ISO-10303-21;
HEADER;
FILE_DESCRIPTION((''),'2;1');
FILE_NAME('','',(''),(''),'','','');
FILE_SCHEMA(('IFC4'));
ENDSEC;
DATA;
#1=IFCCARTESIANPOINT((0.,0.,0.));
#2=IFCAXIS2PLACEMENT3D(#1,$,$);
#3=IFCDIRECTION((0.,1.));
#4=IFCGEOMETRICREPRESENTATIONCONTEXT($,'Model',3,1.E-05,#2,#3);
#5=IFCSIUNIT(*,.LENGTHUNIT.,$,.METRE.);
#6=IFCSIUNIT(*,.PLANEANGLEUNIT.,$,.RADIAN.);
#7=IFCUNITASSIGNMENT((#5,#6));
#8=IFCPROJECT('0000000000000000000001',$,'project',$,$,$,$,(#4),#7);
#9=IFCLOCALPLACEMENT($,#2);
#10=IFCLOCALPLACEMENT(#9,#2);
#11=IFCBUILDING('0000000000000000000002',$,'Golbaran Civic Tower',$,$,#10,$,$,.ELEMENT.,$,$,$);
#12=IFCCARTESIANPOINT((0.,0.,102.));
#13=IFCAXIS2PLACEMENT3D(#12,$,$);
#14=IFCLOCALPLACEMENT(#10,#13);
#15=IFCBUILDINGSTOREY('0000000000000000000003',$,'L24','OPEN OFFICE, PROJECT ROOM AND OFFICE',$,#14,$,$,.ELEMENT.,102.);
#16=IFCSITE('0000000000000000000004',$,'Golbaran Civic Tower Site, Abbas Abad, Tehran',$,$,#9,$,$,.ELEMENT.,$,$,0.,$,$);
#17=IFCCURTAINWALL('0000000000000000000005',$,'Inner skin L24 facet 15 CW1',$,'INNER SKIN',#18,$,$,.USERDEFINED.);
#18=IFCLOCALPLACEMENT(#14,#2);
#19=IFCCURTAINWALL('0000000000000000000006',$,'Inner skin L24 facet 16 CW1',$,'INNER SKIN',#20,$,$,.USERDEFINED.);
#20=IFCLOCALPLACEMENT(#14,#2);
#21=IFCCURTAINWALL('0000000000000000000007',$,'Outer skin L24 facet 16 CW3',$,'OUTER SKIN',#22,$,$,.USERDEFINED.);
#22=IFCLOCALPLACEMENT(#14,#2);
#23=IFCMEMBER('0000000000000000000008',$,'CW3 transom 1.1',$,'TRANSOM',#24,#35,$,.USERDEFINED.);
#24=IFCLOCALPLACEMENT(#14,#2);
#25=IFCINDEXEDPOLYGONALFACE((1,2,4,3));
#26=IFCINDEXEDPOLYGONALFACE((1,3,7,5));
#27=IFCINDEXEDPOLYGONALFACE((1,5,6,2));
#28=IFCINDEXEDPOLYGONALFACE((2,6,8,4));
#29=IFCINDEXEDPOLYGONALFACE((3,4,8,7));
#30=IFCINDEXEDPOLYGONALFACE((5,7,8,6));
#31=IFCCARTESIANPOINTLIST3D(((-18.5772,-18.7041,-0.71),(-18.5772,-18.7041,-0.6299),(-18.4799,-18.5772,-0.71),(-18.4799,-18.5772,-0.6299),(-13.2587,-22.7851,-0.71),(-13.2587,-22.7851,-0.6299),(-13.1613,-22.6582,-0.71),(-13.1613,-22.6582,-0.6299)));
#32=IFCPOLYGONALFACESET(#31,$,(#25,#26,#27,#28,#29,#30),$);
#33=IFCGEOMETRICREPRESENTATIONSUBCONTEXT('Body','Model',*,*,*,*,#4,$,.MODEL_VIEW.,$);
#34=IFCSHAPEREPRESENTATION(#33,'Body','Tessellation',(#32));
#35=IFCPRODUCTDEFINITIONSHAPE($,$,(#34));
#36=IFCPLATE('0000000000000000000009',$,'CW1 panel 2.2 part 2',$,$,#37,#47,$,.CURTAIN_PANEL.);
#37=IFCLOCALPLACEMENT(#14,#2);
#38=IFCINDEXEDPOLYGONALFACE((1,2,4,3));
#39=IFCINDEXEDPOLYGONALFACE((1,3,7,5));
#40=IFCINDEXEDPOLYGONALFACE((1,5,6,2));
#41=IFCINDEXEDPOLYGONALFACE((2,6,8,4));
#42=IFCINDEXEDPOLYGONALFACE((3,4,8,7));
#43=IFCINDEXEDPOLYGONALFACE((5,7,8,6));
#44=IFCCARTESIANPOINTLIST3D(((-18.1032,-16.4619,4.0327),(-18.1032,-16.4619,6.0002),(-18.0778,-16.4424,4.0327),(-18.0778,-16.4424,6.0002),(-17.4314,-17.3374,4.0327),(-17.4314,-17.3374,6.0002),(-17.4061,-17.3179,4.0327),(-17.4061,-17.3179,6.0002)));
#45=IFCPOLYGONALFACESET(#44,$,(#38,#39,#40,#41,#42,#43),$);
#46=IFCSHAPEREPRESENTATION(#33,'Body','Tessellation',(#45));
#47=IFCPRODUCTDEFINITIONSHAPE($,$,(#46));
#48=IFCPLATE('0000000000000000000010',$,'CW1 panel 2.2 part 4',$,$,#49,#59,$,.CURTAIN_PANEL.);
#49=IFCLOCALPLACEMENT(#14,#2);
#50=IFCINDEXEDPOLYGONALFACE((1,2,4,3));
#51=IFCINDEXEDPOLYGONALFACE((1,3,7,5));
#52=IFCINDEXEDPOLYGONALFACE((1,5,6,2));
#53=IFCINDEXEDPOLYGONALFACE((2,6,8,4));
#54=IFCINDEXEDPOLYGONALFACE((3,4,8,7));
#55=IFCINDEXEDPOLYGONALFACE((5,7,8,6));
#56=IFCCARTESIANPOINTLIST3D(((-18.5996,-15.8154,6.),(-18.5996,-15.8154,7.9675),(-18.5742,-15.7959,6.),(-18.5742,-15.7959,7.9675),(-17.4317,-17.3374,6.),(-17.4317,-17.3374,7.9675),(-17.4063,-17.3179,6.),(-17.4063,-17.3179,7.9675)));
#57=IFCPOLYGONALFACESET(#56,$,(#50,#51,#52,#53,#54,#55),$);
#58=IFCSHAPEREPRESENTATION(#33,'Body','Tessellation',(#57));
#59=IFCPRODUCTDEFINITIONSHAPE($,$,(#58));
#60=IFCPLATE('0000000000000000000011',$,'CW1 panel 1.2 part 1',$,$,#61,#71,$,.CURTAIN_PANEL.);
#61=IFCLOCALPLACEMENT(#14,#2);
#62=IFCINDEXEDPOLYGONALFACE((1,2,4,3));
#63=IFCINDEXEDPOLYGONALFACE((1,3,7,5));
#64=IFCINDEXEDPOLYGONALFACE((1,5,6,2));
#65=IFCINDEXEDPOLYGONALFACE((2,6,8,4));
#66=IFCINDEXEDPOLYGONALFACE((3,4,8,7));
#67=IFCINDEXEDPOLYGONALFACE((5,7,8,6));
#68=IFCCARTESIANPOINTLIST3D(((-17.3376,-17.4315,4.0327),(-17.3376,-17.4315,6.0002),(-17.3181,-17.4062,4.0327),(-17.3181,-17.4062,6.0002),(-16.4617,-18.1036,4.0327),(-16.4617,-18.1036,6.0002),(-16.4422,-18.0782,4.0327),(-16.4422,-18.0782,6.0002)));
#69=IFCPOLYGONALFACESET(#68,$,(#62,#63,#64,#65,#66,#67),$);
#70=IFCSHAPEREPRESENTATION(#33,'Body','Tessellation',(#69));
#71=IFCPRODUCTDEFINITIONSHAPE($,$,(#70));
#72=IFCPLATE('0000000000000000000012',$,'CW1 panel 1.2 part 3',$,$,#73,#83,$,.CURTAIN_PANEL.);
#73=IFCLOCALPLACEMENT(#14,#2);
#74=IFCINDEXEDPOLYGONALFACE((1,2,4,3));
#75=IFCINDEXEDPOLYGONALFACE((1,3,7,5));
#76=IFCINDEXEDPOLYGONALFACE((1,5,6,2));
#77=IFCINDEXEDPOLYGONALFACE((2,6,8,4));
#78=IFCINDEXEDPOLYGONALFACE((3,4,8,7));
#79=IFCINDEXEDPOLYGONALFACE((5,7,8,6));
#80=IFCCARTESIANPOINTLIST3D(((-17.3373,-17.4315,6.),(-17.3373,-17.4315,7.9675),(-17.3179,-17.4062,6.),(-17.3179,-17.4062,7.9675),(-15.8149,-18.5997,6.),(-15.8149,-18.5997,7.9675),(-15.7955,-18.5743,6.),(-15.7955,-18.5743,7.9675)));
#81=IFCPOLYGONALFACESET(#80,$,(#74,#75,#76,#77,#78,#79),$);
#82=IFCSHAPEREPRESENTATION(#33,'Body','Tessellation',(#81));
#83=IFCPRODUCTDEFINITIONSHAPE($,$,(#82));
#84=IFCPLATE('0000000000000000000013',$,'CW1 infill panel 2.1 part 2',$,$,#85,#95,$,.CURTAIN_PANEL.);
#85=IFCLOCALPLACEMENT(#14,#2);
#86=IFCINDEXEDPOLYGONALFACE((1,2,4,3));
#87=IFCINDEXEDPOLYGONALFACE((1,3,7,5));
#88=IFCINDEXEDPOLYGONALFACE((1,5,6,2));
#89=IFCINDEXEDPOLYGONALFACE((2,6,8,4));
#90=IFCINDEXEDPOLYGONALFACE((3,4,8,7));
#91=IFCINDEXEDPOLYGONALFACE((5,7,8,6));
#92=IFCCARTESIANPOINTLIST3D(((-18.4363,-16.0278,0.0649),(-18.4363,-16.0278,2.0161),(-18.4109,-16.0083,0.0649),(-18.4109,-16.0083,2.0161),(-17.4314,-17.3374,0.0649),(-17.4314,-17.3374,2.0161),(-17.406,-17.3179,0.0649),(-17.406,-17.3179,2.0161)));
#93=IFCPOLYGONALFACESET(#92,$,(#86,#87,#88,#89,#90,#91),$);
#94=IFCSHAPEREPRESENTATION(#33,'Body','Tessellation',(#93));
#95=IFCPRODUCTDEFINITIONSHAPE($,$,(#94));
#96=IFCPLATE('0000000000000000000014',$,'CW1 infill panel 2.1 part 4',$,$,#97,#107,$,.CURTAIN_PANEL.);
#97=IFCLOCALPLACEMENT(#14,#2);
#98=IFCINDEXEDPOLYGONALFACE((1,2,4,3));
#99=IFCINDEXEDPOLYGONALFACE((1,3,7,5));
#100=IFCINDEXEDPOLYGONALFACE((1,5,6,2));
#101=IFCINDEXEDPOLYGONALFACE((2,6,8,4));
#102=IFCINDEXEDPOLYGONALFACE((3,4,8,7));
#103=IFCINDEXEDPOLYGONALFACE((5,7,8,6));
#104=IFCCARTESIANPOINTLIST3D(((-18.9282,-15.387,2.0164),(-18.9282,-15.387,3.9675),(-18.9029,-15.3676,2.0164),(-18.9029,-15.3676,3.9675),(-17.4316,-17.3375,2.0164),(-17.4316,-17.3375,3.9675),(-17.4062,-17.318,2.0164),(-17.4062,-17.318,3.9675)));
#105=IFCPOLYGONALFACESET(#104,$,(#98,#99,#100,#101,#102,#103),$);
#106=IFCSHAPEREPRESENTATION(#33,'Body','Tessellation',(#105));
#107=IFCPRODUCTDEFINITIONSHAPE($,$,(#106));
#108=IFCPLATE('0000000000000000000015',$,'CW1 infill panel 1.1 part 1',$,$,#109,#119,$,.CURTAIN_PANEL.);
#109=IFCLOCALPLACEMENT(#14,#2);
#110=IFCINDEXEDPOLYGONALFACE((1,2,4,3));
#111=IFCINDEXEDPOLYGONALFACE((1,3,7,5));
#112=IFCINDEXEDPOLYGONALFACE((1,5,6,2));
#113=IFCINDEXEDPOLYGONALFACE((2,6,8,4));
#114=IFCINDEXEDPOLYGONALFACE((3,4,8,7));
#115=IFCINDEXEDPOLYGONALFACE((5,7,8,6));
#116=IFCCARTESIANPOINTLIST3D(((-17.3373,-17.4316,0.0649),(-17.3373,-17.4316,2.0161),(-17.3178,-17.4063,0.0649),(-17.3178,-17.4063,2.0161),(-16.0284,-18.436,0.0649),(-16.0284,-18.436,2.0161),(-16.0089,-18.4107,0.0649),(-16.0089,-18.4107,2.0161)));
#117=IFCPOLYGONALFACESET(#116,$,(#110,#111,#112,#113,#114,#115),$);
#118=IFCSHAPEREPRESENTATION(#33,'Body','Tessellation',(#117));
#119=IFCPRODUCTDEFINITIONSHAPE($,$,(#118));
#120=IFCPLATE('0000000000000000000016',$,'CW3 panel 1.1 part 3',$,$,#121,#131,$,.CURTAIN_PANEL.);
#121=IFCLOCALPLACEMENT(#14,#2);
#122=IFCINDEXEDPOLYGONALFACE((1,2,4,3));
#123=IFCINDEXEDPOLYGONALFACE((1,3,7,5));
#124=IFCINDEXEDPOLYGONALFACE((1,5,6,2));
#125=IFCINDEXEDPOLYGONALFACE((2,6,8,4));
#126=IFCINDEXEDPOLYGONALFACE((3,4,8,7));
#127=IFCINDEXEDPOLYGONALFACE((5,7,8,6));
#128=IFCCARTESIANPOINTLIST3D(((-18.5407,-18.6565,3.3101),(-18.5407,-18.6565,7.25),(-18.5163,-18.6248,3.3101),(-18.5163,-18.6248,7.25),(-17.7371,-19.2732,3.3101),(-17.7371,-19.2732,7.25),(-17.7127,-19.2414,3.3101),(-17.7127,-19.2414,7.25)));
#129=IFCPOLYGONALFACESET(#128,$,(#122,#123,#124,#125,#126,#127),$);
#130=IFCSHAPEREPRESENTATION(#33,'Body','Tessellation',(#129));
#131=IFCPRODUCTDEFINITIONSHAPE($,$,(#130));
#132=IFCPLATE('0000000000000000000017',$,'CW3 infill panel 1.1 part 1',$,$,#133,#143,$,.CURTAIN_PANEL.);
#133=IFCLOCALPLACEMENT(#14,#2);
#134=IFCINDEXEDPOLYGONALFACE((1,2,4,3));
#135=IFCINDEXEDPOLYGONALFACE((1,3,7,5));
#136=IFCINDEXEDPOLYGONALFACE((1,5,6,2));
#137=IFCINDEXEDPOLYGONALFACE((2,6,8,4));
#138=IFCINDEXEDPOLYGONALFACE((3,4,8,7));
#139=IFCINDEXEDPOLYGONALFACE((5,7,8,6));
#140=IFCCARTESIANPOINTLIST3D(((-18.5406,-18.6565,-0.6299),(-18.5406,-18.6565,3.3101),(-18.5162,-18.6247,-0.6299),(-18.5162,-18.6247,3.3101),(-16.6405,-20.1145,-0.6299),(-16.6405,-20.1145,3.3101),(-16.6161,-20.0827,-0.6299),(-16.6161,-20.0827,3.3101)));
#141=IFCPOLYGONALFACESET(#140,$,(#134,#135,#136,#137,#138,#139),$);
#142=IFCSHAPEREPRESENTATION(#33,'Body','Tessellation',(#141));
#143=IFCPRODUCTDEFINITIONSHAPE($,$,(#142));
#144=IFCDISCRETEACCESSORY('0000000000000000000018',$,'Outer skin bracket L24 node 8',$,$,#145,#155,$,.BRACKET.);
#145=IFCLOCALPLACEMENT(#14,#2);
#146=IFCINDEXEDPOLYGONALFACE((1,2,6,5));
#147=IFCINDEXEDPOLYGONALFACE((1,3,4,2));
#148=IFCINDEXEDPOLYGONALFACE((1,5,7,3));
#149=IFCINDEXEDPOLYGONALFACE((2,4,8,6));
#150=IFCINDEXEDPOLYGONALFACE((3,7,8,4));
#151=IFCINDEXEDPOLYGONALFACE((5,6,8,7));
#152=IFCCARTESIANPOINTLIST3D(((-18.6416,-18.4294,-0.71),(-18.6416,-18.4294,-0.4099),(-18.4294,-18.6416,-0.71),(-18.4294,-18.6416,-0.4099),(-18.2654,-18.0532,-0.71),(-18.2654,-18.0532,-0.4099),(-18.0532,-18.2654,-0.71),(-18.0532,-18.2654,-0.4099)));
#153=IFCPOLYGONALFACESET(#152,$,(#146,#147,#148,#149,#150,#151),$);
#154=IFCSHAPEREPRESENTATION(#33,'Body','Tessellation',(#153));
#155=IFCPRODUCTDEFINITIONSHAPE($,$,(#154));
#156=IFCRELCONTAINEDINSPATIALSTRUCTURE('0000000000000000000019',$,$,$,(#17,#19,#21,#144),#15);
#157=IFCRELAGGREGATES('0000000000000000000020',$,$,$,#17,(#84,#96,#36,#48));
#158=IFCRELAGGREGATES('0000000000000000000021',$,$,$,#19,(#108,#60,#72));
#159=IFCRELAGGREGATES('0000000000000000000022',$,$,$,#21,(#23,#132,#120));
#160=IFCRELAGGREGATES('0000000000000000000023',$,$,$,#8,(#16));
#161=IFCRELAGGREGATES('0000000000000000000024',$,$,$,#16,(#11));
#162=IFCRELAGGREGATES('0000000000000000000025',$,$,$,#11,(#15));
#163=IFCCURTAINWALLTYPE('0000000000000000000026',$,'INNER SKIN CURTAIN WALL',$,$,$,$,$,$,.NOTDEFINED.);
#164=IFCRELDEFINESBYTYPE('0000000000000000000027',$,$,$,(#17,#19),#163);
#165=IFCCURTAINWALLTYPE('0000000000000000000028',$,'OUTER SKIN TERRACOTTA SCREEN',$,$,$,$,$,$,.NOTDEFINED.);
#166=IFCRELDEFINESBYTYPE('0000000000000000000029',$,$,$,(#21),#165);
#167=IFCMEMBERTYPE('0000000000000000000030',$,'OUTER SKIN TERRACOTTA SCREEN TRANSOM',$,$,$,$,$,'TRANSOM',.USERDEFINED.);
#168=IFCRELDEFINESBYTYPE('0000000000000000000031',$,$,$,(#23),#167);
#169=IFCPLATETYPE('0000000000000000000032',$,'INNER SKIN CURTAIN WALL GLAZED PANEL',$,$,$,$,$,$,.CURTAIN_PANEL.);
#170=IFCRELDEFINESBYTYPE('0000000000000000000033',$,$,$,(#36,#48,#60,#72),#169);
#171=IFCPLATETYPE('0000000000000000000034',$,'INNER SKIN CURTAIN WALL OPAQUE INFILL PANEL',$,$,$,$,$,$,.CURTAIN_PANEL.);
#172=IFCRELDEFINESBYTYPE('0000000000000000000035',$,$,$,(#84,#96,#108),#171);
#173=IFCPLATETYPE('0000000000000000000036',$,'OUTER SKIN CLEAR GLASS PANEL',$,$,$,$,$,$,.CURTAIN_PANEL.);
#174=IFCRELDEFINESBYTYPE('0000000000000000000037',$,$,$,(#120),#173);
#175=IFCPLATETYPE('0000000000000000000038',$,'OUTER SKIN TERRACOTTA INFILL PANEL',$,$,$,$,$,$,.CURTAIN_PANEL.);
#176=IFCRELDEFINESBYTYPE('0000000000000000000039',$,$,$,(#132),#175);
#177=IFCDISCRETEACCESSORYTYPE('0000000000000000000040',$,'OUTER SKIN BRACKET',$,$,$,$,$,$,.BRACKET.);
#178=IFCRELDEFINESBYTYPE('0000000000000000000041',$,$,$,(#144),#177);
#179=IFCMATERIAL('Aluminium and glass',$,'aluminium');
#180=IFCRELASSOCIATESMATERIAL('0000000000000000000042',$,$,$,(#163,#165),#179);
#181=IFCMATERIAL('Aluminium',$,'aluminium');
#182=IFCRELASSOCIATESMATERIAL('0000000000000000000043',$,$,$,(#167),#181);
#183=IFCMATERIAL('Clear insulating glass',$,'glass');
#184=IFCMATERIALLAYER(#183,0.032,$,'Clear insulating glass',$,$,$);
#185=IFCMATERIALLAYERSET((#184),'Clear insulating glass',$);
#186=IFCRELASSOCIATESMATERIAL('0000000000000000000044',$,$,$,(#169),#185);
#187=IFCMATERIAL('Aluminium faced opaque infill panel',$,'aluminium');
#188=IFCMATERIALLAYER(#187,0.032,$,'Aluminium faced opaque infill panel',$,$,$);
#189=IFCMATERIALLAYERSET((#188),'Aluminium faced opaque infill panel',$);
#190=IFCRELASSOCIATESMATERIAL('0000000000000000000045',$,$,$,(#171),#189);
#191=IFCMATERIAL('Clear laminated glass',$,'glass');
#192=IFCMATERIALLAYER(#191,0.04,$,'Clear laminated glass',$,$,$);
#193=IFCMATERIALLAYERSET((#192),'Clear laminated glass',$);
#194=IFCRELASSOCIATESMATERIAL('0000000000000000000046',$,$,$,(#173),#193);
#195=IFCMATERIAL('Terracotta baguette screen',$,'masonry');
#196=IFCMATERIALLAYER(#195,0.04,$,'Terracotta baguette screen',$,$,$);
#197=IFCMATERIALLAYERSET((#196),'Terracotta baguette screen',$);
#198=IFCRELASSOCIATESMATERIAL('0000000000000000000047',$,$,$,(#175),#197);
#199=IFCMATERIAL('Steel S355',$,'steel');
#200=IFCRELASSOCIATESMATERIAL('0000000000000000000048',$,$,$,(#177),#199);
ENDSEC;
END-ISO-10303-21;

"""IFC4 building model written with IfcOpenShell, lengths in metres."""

from ifc_helpers import new_model, si_unit, direction, frame, origin, origin_2d, place, context, subcontext, project, spatial, rectangle, extrude, material, layer, layer_set, material_profile, profile_set, type_object, element, aggregate, save


model = new_model("IFC4")

# Units and contexts
model_context = context("Model", 3, precision=1e-05, world=origin(), true_north=direction((0.0, 1.0)))
body_context = subcontext(model_context, "Body", "Model", "MODEL_VIEW")
ifc_project = project(units=[si_unit("LENGTHUNIT", "METRE"), si_unit("PLANEANGLEUNIT", "RADIAN")], contexts=[model_context])

# Site, building, storey
site_placement = place(None, origin())
site = spatial("IfcSite", under=ifc_project, at=site_placement, Name="Golbaran Civic Tower Site, Abbas Abad, Tehran", CompositionType="ELEMENT", RefElevation=0.0)
building_placement = place(site_placement, origin())
building = spatial("IfcBuilding", under=site, at=building_placement, Name="Golbaran Civic Tower", CompositionType="ELEMENT")
storey_placement = place(building_placement, frame((0.0, 0.0, 102.0)))
storey = spatial("IfcBuildingStorey", under=building, at=storey_placement, Name="L24", Description="OPEN OFFICE, PROJECT ROOM AND OFFICE", CompositionType="ELEMENT", Elevation=102.0)

# Shared definitions
ifc_material_1 = material(Name="Steel S355", Category="steel")

# Curtain wall
ifc_material_2 = material(Name="Aluminium and glass", Category="aluminium")
curtain_wall_type_1 = type_object("IfcCurtainWallType", Name="INNER SKIN CURTAIN WALL", PredefinedType="NOTDEFINED", material=ifc_material_2)
curtain_wall_1_placement = place(storey_placement, origin())
curtain_wall_1 = element("IfcCurtainWall", 1, at=curtain_wall_1_placement, inside=storey, type_object=curtain_wall_type_1, Name="Inner skin L24 facet 15 CW1", ObjectType="INNER SKIN", PredefinedType="USERDEFINED")
ifc_material_3 = material(Name="Aluminium", Category="aluminium")

# Curtain wall
curtain_wall_2_placement = place(storey_placement, origin())
curtain_wall_2 = element("IfcCurtainWall", 2, at=curtain_wall_2_placement, inside=storey, type_object=curtain_wall_type_1, Name="Inner skin L24 facet 16 CW1", ObjectType="INNER SKIN", PredefinedType="USERDEFINED")

# Shared definitions
curtain_wall_type_2 = type_object("IfcCurtainWallType", Name="OUTER SKIN TERRACOTTA SCREEN", PredefinedType="NOTDEFINED", material=ifc_material_2)

# Curtain wall, member
curtain_wall_3_placement = place(storey_placement, origin())
curtain_wall_3 = element("IfcCurtainWall", 3, at=curtain_wall_3_placement, inside=storey, type_object=curtain_wall_type_2, Name="Outer skin L24 facet 16 CW3", ObjectType="OUTER SKIN", PredefinedType="USERDEFINED")
ifc_material_profile_1 = material_profile(ifc_material_3, rectangle(XDim=0.1599, YDim=0.0801, at=origin_2d()), Name="OUTER SKIN TERRACOTTA SCREEN TRANSOM")
ifc_profile_set_1 = profile_set([ifc_material_profile_1], Name="Aluminium")
member_type_1 = type_object("IfcMemberType", Name="OUTER SKIN TERRACOTTA SCREEN TRANSOM", ElementType="TRANSOM", PredefinedType="USERDEFINED", material=ifc_profile_set_1)
member_1_placement = place(storey_placement, frame((-18.5286, -18.6406, -0.6699), z_axis=(0.793357, -0.608756, 0.0), x_axis=(0.608756, 0.793357, 0.0)))
member_1 = element("IfcMember", 4, at=member_1_placement, type_object=member_type_1, Name="CW3 transom 1.1", ObjectType="TRANSOM", PredefinedType="USERDEFINED", context=body_context, shape_type="SweptSolid", body=[
    extrude(rectangle(XDim=0.1599, YDim=0.0801, at=origin_2d()), origin(), (0.0, 0.0, 1.0), 6.7039),
])

# Plates
ifc_material_4 = material(Name="Clear insulating glass", Category="glass")
ifc_layer_1 = layer(ifc_material_4, 0.032, Name="Clear insulating glass")
ifc_layer_set_1 = layer_set([ifc_layer_1], Name="Clear insulating glass")
plate_type_1 = type_object("IfcPlateType", Name="INNER SKIN CURTAIN WALL GLAZED PANEL", PredefinedType="CURTAIN_PANEL", material=ifc_layer_set_1)
plate_1_placement = place(storey_placement, frame((-17.7546, -16.8899, 4.0327), z_axis=(0.0, 0.0, 1.0), x_axis=(0.608761, -0.793353, 0.0)))
plate_1 = element("IfcPlate", 5, at=plate_1_placement, type_object=plate_type_1, Name="CW1 panel 2.2 part 2", PredefinedType="CURTAIN_PANEL", context=body_context, shape_type="SweptSolid", body=[
    extrude(rectangle(XDim=1.1035, YDim=0.032, at=origin_2d()), origin(), (0.0, 0.0, 1.0), 1.9675),
])
plate_2_placement = place(storey_placement, frame((-18.0029, -16.5667, 6.0), z_axis=(0.0, 0.0, 1.0), x_axis=(0.608761, -0.793353, 0.0)))
plate_2 = element("IfcPlate", 6, at=plate_2_placement, type_object=plate_type_1, Name="CW1 panel 2.2 part 4", PredefinedType="CURTAIN_PANEL", context=body_context, shape_type="SweptSolid", body=[
    extrude(rectangle(XDim=1.9185, YDim=0.032, at=origin_2d()), origin(), (0.0, 0.0, 1.0), 1.9675),
])
plate_3_placement = place(storey_placement, frame((-16.8899, -17.7549, 4.0327), z_axis=(0.0, 0.0, 1.0), x_axis=(0.793353, -0.608761, 0.0)))
plate_3 = element("IfcPlate", 7, at=plate_3_placement, type_object=plate_type_1, Name="CW1 panel 1.2 part 1", PredefinedType="CURTAIN_PANEL", context=body_context, shape_type="SweptSolid", body=[
    extrude(rectangle(XDim=1.104, YDim=0.032, at=origin_2d()), origin(), (0.0, 0.0, 1.0), 1.9675),
])
plate_4_placement = place(storey_placement, frame((-16.5664, -18.0029, 6.0), z_axis=(0.0, 0.0, 1.0), x_axis=(0.793353, -0.608761, 0.0)))
plate_4 = element("IfcPlate", 8, at=plate_4_placement, type_object=plate_type_1, Name="CW1 panel 1.2 part 3", PredefinedType="CURTAIN_PANEL", context=body_context, shape_type="SweptSolid", body=[
    extrude(rectangle(XDim=1.9189, YDim=0.032, at=origin_2d()), origin(), (0.0, 0.0, 1.0), 1.9675),
])
ifc_material_5 = material(Name="Aluminium faced opaque infill panel", Category="aluminium")
ifc_layer_2 = layer(ifc_material_5, 0.032, Name="Aluminium faced opaque infill panel")
ifc_layer_set_2 = layer_set([ifc_layer_2], Name="Aluminium faced opaque infill panel")
plate_type_2 = type_object("IfcPlateType", Name="INNER SKIN CURTAIN WALL OPAQUE INFILL PANEL", PredefinedType="CURTAIN_PANEL", material=ifc_layer_set_2)
plate_5_placement = place(storey_placement, frame((-17.9211, -16.6729, 0.0649), z_axis=(0.0, 0.0, 1.0), x_axis=(0.608761, -0.793353, 0.0)))
plate_5 = element("IfcPlate", 9, at=plate_5_placement, type_object=plate_type_2, Name="CW1 infill panel 2.1 part 2", PredefinedType="CURTAIN_PANEL", context=body_context, shape_type="SweptSolid", body=[
    extrude(rectangle(XDim=1.6506, YDim=0.032, at=origin_2d()), origin(), (0.0, 0.0, 1.0), 1.9512),
])
plate_6_placement = place(storey_placement, frame((-18.1672, -16.3525, 2.0164), z_axis=(0.0, 0.0, 1.0), x_axis=(0.608761, -0.793353, 0.0)))
plate_6 = element("IfcPlate", 10, at=plate_6_placement, type_object=plate_type_2, Name="CW1 infill panel 2.1 part 4", PredefinedType="CURTAIN_PANEL", context=body_context, shape_type="SweptSolid", body=[
    extrude(rectangle(XDim=2.4585, YDim=0.032, at=origin_2d()), origin(), (0.0, 0.0, 1.0), 1.9512),
])
aggregate(curtain_wall_1, [plate_5, plate_6, plate_1, plate_2])
plate_7_placement = place(storey_placement, frame((-16.6731, -17.9211, 0.0649), z_axis=(0.0, 0.0, 1.0), x_axis=(0.793353, -0.608761, 0.0)))
plate_7 = element("IfcPlate", 11, at=plate_7_placement, type_object=plate_type_2, Name="CW1 infill panel 1.1 part 1", PredefinedType="CURTAIN_PANEL", context=body_context, shape_type="SweptSolid", body=[
    extrude(rectangle(XDim=1.6499, YDim=0.032, at=origin_2d()), origin(), (0.0, 0.0, 1.0), 1.9512),
])
aggregate(curtain_wall_2, [plate_7, plate_3, plate_4])
ifc_material_6 = material(Name="Clear laminated glass", Category="glass")
ifc_layer_3 = layer(ifc_material_6, 0.04, Name="Clear laminated glass")
ifc_layer_set_3 = layer_set([ifc_layer_3], Name="Clear laminated glass")
plate_type_3 = type_object("IfcPlateType", Name="OUTER SKIN CLEAR GLASS PANEL", PredefinedType="CURTAIN_PANEL", material=ifc_layer_set_3)
plate_8_placement = place(storey_placement, frame((-18.1267, -18.949, 3.3101), z_axis=(0.0, 0.0, 1.0), x_axis=(0.793353, -0.608761, 0.0)))
plate_8 = element("IfcPlate", 12, at=plate_8_placement, type_object=plate_type_3, Name="CW3 panel 1.1 part 3", PredefinedType="CURTAIN_PANEL", context=body_context, shape_type="SweptSolid", body=[
    extrude(rectangle(XDim=1.0129, YDim=0.04, at=origin_2d()), origin(), (0.0, 0.0, 1.0), 3.9399),
])
ifc_material_7 = material(Name="Terracotta baguette screen", Category="masonry")
ifc_layer_4 = layer(ifc_material_7, 0.04, Name="Terracotta baguette screen")
ifc_layer_set_4 = layer_set([ifc_layer_4], Name="Terracotta baguette screen")
plate_type_4 = type_object("IfcPlateType", Name="OUTER SKIN TERRACOTTA INFILL PANEL", PredefinedType="CURTAIN_PANEL", material=ifc_layer_set_4)
plate_9_placement = place(storey_placement, frame((-17.5784, -19.3696, -0.6299), z_axis=(0.0, 0.0, 1.0), x_axis=(0.793353, -0.608761, 0.0)))
plate_9 = element("IfcPlate", 13, at=plate_9_placement, type_object=plate_type_4, Name="CW3 infill panel 1.1 part 1", PredefinedType="CURTAIN_PANEL", context=body_context, shape_type="SweptSolid", body=[
    extrude(rectangle(XDim=2.395, YDim=0.04, at=origin_2d()), origin(), (0.0, 0.0, 1.0), 3.9399),
])
aggregate(curtain_wall_3, [member_1, plate_9, plate_8])

# Discrete accessory
discrete_accessory_type = type_object("IfcDiscreteAccessoryType", Name="OUTER SKIN BRACKET", PredefinedType="BRACKET", material=ifc_material_1)
discrete_accessory_placement = place(storey_placement, frame((-18.3474, -18.3474, -0.71), z_axis=(0.0, 0.0, 1.0), x_axis=(-0.707107, -0.707107, 0.0)))
element("IfcDiscreteAccessory", 14, at=discrete_accessory_placement, inside=storey, type_object=discrete_accessory_type, Name="Outer skin bracket L24 node 8", PredefinedType="BRACKET", context=body_context, shape_type="SweptSolid", body=[
    extrude(rectangle(XDim=0.532, YDim=0.3, at=origin_2d()), origin(), (0.0, 0.0, 1.0), 0.3),
])

save(model, "model.ifc")
